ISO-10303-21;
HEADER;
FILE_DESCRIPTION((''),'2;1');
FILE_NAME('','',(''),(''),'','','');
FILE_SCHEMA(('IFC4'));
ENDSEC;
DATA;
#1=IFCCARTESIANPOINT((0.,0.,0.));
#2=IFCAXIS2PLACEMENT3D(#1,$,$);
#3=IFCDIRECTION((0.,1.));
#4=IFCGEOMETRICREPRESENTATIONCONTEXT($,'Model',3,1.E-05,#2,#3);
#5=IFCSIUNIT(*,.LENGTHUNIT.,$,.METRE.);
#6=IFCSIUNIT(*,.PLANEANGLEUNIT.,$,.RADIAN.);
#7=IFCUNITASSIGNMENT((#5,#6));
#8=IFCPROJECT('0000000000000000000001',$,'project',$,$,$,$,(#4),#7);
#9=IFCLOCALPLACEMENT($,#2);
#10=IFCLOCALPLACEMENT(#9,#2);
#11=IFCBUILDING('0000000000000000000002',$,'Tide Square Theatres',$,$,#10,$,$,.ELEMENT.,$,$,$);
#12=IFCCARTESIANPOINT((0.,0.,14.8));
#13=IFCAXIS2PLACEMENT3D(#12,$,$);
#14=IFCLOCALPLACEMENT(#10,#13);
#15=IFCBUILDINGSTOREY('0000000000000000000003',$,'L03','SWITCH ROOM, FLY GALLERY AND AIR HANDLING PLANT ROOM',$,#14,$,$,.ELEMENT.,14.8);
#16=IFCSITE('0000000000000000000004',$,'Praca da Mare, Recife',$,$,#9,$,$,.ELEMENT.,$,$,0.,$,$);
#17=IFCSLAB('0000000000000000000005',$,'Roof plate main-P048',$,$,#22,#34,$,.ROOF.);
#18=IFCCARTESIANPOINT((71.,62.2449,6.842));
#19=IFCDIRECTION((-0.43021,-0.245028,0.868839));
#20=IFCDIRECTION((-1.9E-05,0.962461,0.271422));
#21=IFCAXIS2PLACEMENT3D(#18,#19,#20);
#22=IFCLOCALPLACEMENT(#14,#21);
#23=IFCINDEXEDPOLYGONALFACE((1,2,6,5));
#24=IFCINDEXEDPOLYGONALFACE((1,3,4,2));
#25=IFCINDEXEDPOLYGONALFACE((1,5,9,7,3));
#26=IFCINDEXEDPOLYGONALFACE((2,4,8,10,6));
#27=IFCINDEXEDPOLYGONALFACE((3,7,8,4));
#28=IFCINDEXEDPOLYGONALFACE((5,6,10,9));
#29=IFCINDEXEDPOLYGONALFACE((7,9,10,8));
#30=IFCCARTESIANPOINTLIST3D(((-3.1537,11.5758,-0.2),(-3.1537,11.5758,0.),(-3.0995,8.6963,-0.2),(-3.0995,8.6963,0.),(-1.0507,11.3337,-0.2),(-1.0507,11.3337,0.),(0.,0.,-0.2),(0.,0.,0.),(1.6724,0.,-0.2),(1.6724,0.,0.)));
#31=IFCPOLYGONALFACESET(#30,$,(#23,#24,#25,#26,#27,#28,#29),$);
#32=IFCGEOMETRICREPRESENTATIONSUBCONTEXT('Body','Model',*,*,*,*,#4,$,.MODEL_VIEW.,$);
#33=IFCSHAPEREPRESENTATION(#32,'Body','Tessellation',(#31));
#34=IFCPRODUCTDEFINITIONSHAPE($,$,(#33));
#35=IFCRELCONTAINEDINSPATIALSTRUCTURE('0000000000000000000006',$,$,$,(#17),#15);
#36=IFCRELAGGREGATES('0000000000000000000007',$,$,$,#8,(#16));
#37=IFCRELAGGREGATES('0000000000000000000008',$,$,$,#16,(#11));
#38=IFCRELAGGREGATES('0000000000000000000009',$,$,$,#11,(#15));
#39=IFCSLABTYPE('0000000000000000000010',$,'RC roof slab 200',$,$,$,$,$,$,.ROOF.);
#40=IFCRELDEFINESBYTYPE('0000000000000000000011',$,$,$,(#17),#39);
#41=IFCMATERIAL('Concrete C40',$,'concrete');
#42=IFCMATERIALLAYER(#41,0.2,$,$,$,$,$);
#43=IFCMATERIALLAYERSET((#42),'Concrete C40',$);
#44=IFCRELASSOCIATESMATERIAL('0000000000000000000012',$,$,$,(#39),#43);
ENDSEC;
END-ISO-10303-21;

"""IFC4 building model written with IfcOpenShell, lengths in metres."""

from ifc_helpers import new_model, si_unit, direction, frame, origin, place, context, subcontext, project, spatial, polyline, outline, extrude, material, layer, layer_set, type_object, element, save


model = new_model("IFC4")

# Units and contexts
model_context = context("Model", 3, precision=1e-05, world=origin(), true_north=direction((0.0, 1.0)))
body_context = subcontext(model_context, "Body", "Model", "MODEL_VIEW")
ifc_project = project(units=[si_unit("LENGTHUNIT", "METRE"), si_unit("PLANEANGLEUNIT", "RADIAN")], contexts=[model_context])

# Site, building, storey
site_placement = place(None, origin())
site = spatial("IfcSite", under=ifc_project, at=site_placement, Name="Praca da Mare, Recife", CompositionType="ELEMENT", RefElevation=0.0)
building_placement = place(site_placement, origin())
building = spatial("IfcBuilding", under=site, at=building_placement, Name="Tide Square Theatres", CompositionType="ELEMENT")
storey_placement = place(building_placement, frame((0.0, 0.0, 14.8)))
storey = spatial("IfcBuildingStorey", under=building, at=storey_placement, Name="L03", Description="SWITCH ROOM, FLY GALLERY AND AIR HANDLING PLANT ROOM", CompositionType="ELEMENT", Elevation=14.8)

# Slab
ifc_material_1 = material(Name="Concrete C40", Category="concrete")
ifc_layer_1 = layer(ifc_material_1, 0.2)
ifc_layer_set_1 = layer_set([ifc_layer_1], Name="Concrete C40")
slab_type = type_object("IfcSlabType", Name="RC roof slab 200", PredefinedType="ROOF", material=ifc_layer_set_1)
slab_placement = place(storey_placement, frame((71.0, 62.2449, 6.842), z_axis=(-0.43021, -0.245028, 0.868839), x_axis=(-0.000019, 0.962461, 0.271422)))
element("IfcSlab", 1, at=slab_placement, inside=storey, type_object=slab_type, Name="Roof plate main-P048", PredefinedType="ROOF", context=body_context, shape_type="SweptSolid", body=[
    extrude(outline(polyline([(0.0, 0.0), (1.6724, 0.0), (-1.0507, 11.3337), (-3.1537, 11.5758), (-3.0995, 8.6963), (0.0, 0.0)])), origin(), (0.0, 0.0, -1.0), 0.2),
])

save(model, "model.ifc")
